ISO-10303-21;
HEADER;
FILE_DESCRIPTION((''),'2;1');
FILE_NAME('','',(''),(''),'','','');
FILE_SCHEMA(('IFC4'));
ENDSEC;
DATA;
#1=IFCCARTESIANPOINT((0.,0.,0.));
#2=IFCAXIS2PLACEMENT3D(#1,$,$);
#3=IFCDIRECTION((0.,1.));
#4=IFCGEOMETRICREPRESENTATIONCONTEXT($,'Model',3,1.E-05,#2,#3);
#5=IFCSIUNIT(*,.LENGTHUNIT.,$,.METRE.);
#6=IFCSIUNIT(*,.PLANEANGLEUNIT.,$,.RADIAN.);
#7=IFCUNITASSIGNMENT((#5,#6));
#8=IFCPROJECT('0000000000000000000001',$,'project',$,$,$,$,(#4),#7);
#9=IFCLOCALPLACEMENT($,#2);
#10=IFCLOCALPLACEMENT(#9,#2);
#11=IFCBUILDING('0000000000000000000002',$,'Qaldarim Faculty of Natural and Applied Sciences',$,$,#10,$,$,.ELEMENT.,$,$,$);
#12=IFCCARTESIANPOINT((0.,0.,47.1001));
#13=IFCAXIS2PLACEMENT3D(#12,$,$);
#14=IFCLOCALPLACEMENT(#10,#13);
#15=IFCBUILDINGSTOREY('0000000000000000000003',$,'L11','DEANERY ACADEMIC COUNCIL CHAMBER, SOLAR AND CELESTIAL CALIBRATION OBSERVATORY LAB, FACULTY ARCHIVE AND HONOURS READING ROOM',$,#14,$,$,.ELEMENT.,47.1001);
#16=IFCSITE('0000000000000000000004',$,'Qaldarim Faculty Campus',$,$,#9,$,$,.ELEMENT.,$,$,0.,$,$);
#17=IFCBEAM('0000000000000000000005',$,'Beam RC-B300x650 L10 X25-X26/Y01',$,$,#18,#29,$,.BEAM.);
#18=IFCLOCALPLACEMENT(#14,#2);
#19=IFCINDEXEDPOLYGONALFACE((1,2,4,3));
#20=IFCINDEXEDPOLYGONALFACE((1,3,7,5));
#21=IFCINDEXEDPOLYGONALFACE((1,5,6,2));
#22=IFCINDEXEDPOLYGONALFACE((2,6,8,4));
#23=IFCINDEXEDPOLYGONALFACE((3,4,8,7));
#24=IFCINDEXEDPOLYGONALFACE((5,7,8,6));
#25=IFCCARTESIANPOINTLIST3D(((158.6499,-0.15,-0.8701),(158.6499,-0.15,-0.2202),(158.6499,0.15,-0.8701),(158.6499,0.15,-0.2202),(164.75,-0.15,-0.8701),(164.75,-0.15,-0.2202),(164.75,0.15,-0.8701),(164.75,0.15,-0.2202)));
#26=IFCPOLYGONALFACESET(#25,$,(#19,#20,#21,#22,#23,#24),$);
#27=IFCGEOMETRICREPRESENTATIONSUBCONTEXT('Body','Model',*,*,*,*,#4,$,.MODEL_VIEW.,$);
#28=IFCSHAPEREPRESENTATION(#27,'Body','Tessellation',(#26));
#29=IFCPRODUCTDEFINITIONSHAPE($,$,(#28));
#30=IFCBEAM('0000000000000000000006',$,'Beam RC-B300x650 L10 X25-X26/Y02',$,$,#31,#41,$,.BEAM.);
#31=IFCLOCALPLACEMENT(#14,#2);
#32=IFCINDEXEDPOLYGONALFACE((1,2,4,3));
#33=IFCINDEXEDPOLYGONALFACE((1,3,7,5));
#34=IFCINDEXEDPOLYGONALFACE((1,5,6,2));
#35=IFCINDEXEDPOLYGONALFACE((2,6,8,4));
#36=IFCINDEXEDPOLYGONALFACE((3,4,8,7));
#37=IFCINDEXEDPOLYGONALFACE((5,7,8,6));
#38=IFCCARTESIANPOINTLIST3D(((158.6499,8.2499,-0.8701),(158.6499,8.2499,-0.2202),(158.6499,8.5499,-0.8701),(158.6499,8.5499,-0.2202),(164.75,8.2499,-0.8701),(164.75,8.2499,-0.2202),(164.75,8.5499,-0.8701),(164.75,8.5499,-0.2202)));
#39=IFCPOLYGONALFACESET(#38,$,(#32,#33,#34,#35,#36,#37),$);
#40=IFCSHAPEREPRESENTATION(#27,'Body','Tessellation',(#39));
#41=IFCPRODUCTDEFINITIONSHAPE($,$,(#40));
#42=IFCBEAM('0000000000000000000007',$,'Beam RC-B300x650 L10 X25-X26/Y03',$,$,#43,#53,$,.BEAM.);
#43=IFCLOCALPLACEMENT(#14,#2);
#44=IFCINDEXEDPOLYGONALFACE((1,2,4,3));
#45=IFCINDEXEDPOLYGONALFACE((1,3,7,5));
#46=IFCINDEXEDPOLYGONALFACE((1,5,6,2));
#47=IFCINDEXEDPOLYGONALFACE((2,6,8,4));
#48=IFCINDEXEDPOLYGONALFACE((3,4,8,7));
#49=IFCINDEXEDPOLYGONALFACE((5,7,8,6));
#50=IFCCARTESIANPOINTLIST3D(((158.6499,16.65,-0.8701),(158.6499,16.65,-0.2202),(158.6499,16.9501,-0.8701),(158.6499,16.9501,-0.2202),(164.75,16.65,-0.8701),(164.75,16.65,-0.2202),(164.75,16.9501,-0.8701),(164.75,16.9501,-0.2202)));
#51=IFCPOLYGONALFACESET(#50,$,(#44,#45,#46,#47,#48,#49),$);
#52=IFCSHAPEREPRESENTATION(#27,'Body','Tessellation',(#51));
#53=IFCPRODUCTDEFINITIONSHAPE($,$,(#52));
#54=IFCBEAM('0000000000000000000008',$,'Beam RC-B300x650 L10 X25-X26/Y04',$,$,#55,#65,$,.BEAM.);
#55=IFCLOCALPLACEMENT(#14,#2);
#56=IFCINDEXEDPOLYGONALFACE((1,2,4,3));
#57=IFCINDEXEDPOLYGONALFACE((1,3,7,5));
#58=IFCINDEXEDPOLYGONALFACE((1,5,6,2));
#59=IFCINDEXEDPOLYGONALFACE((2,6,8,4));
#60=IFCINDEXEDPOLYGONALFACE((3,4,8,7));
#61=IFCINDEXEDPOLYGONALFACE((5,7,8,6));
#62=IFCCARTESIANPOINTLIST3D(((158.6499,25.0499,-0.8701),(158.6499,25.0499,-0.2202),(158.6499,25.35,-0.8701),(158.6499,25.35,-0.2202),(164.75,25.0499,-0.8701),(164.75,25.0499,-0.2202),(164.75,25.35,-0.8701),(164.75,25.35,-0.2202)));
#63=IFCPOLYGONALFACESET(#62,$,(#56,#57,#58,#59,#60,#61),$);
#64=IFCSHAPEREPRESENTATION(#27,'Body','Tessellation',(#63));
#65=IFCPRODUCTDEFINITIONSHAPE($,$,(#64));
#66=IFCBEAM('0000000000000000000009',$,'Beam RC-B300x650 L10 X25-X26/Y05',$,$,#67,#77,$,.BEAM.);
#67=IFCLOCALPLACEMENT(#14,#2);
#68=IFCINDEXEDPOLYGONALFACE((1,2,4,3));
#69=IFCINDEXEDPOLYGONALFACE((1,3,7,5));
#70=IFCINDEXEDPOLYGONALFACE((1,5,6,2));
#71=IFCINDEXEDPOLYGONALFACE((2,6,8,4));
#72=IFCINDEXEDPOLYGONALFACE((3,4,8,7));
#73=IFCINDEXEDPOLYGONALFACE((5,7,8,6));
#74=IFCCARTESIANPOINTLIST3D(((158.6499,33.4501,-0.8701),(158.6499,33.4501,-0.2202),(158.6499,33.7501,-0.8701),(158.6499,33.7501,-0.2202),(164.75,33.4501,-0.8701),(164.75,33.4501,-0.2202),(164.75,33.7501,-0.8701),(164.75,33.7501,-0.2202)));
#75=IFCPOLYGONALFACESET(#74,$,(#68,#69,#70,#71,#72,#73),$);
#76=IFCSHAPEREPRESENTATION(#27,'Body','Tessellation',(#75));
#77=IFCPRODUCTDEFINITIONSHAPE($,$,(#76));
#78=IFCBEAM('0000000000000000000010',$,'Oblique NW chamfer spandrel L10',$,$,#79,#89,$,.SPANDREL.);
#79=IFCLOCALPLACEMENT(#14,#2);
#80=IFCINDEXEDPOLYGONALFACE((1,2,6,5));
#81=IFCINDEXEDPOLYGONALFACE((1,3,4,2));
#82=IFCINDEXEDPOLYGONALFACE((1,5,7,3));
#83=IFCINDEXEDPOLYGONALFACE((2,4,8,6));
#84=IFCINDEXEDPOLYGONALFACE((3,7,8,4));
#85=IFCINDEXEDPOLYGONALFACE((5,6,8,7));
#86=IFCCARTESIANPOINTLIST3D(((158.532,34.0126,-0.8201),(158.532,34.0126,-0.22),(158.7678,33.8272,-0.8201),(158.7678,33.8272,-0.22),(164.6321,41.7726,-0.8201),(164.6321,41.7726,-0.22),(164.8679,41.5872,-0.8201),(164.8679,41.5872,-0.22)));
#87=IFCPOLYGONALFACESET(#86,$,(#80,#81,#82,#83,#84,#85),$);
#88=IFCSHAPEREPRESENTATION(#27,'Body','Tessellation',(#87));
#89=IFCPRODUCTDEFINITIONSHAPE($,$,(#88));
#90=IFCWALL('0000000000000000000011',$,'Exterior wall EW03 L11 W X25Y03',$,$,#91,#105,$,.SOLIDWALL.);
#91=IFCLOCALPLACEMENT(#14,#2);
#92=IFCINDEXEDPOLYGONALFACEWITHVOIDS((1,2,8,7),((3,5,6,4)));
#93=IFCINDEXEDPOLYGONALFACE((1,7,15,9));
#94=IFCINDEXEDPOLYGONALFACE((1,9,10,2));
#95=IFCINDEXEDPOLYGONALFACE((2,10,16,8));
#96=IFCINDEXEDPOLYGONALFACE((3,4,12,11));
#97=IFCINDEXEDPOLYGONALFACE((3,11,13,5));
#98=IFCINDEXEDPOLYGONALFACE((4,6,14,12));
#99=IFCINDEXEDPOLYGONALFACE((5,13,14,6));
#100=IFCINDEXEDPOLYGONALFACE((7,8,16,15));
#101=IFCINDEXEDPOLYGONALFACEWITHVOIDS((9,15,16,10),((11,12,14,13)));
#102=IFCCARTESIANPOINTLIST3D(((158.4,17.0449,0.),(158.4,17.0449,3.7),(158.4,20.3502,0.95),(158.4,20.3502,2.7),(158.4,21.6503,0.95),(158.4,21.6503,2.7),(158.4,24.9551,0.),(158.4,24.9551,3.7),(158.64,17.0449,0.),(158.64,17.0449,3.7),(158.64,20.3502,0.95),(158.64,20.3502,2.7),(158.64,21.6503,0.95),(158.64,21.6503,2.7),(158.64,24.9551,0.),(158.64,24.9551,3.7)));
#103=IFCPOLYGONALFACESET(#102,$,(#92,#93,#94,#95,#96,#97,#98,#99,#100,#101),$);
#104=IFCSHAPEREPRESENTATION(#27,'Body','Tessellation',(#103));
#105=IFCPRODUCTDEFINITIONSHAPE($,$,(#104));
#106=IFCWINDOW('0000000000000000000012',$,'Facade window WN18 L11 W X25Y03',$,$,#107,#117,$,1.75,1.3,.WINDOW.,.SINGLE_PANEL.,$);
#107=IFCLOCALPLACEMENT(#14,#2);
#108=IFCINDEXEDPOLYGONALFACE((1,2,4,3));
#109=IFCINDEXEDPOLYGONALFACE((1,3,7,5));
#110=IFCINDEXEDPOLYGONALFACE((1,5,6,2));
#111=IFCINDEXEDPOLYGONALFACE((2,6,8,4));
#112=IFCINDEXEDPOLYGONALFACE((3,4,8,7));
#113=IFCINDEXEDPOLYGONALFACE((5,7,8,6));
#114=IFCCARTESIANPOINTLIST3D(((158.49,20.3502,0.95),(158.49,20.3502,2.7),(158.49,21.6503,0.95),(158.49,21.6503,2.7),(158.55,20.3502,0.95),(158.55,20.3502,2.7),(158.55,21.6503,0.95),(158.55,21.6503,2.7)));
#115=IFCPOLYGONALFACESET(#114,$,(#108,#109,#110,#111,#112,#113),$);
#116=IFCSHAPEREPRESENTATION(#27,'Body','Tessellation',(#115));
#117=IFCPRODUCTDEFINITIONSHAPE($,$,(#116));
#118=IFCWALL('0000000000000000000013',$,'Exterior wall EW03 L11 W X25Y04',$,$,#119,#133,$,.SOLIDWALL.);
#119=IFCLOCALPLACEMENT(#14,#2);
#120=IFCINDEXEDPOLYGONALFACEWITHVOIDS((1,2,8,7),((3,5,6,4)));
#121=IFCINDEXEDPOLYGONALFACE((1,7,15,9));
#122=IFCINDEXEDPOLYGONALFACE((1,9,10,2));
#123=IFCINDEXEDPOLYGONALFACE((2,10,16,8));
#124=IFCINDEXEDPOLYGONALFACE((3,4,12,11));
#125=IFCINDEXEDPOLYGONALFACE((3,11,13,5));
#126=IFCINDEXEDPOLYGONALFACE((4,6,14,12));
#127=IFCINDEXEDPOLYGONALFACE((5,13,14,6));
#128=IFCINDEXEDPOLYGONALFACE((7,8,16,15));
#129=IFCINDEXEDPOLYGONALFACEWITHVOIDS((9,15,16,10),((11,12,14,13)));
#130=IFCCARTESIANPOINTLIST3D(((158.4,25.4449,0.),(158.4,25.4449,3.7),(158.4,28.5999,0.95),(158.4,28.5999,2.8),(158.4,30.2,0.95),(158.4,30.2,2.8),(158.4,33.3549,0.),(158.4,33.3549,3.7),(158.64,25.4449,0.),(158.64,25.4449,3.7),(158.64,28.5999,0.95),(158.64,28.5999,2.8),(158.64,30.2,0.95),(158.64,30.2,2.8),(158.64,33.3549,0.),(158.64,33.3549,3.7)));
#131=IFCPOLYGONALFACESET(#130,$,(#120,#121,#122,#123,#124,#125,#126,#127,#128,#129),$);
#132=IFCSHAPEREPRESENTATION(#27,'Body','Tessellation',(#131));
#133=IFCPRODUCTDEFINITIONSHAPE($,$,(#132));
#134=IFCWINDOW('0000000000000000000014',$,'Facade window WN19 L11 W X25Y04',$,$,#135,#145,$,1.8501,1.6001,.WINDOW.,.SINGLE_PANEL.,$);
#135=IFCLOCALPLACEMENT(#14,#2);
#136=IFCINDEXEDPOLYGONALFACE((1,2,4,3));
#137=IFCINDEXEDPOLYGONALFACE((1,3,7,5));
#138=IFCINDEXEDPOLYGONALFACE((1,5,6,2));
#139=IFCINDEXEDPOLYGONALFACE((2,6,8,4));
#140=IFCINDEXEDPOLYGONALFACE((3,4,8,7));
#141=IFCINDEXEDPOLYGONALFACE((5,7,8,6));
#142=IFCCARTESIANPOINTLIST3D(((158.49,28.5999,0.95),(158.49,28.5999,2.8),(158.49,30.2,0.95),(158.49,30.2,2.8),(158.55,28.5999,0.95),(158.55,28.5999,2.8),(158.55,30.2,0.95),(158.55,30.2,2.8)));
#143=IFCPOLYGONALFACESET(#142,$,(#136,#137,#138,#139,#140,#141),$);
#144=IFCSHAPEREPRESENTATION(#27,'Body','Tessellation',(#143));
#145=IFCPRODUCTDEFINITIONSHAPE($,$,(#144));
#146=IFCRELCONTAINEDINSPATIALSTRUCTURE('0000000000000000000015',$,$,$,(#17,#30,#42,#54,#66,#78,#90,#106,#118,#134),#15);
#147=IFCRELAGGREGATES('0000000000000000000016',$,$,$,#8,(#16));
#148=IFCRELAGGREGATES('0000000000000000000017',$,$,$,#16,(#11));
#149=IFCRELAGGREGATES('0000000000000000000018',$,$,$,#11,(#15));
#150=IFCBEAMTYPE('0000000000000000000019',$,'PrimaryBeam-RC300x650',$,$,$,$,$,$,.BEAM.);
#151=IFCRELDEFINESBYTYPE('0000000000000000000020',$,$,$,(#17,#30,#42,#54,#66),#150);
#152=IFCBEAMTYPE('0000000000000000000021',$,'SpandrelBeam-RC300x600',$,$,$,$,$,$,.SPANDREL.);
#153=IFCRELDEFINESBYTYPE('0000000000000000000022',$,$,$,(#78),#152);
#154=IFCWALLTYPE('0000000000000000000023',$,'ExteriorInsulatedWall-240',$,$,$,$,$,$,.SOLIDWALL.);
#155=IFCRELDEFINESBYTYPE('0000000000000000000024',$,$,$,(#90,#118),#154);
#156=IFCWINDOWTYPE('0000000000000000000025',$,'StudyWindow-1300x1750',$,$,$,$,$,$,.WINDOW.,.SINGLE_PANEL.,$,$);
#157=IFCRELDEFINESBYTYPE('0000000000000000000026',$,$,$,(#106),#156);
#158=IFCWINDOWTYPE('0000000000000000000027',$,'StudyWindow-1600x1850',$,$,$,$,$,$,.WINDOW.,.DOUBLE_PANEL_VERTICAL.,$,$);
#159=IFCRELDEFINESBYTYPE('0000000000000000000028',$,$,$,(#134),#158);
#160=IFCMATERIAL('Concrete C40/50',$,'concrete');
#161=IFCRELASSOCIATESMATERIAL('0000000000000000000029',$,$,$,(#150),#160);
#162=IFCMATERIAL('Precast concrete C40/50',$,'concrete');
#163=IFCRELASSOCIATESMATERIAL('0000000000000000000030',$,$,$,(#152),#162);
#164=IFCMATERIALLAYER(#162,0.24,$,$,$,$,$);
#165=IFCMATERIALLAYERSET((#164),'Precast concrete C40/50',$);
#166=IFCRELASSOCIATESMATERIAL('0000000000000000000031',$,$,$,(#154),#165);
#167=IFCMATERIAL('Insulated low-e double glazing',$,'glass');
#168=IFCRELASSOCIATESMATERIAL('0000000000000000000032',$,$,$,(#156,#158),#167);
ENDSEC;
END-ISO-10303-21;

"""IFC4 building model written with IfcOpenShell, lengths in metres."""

from ifc_helpers import new_model, si_unit, direction, frame, frame_2d, origin, origin_2d, place, context, subcontext, project, spatial, rectangle, extrude, material, layer, layer_set, material_profile, profile_set, type_object, element, fill, save


model = new_model("IFC4")

# Units and contexts
model_context = context("Model", 3, precision=1e-05, world=origin(), true_north=direction((0.0, 1.0)))
body_context = subcontext(model_context, "Body", "Model", "MODEL_VIEW")
ifc_project = project(units=[si_unit("LENGTHUNIT", "METRE"), si_unit("PLANEANGLEUNIT", "RADIAN")], contexts=[model_context])

# Site, building, storey
site_placement = place(None, origin())
site = spatial("IfcSite", under=ifc_project, at=site_placement, Name="Qaldarim Faculty Campus", CompositionType="ELEMENT", RefElevation=0.0)
building_placement = place(site_placement, origin())
building = spatial("IfcBuilding", under=site, at=building_placement, Name="Qaldarim Faculty of Natural and Applied Sciences", CompositionType="ELEMENT")
storey_placement = place(building_placement, frame((0.0, 0.0, 47.1001)))
storey = spatial("IfcBuildingStorey", under=building, at=storey_placement, Name="L11", Description="DEANERY ACADEMIC COUNCIL CHAMBER, SOLAR AND CELESTIAL CALIBRATION OBSERVATORY LAB, FACULTY ARCHIVE AND HONOURS READING ROOM", CompositionType="ELEMENT", Elevation=47.1001)

# Beams
ifc_material_1 = material(Name="Concrete C40/50", Category="concrete")
ifc_material_profile_1 = material_profile(ifc_material_1, rectangle(XDim=0.3, YDim=0.6499, at=origin_2d()), Name="RC-B300x650")
ifc_profile_set_1 = profile_set([ifc_material_profile_1], Name="Concrete C40/50")
beam_type_1 = type_object("IfcBeamType", Name="PrimaryBeam-RC300x650", PredefinedType="BEAM", material=ifc_profile_set_1)
for number, where, z_axis, x_axis, name in (
    (1, (158.6499, 0.0, -0.5452), (1.0, 0.0, 0.0), (0.0, 1.0, 0.0), "Beam RC-B300x650 L10 X25-X26/Y01"),
    (2, (158.6499, 8.3999, -0.5452), (1.0, 0.0, 0.0), (0.0, 1.0, 0.0), "Beam RC-B300x650 L10 X25-X26/Y02"),
    (3, (158.6499, 16.8, -0.5452), (1.0, 0.0, 0.0), (0.0, 1.0, 0.0), "Beam RC-B300x650 L10 X25-X26/Y03"),
    (4, (158.6499, 25.2, -0.5452), (1.0, 0.0, 0.0), (0.0, 1.0, 0.0), "Beam RC-B300x650 L10 X25-X26/Y04"),
    (5, (158.6499, 33.6001, -0.5452), (1.0, 0.0, 0.0), (0.0, 1.0, 0.0), "Beam RC-B300x650 L10 X25-X26/Y05"),
):
    element("IfcBeam", number, at=place(storey_placement, frame(where, z_axis=z_axis, x_axis=x_axis)), inside=storey, type_object=beam_type_1, Name=name, PredefinedType="BEAM", context=body_context, shape_type="SweptSolid", body=[
        extrude(rectangle(XDim=0.3, YDim=0.6499, at=origin_2d()), origin(), (0.0, 0.0, 1.0), 6.1001),
    ])
ifc_material_2 = material(Name="Precast concrete C40/50", Category="concrete")
ifc_material_profile_2 = material_profile(ifc_material_2, rectangle(XDim=0.3, YDim=0.6001, at=origin_2d()), Name="RC-SP300x600")
ifc_profile_set_2 = profile_set([ifc_material_profile_2], Name="Precast concrete C40/50")
beam_type_2 = type_object("IfcBeamType", Name="SpandrelBeam-RC300x600", PredefinedType="SPANDREL", material=ifc_profile_set_2)
beam_placement = place(storey_placement, frame((158.6499, 33.9199, -0.52), z_axis=(0.618006, 0.786173, 0.0), x_axis=(-0.786173, 0.618006, 0.0)))
element("IfcBeam", 6, at=beam_placement, inside=storey, type_object=beam_type_2, Name="Oblique NW chamfer spandrel L10", PredefinedType="SPANDREL", context=body_context, shape_type="SweptSolid", body=[
    extrude(rectangle(XDim=0.3, YDim=0.6001, at=origin_2d()), origin(), (0.0, 0.0, 1.0), 9.8706),
])

# Walls, openings, windows
ifc_layer_1 = layer(ifc_material_2, 0.24)
ifc_layer_set_1 = layer_set([ifc_layer_1], Name="Precast concrete C40/50")
wall_type_1 = type_object("IfcWallType", Name="ExteriorInsulatedWall-240", PredefinedType="SOLIDWALL", material=ifc_layer_set_1)
wall_1_placement = place(storey_placement, frame((158.52, 24.9551, 0.0), z_axis=(0.0, 0.0, 1.0), x_axis=(0.0, -1.0, 0.0)))
wall_1 = element("IfcWall", 7, at=wall_1_placement, inside=storey, type_object=wall_type_1, Name="Exterior wall EW03 L11 W X25Y03", PredefinedType="SOLIDWALL", context=body_context, shape_type="SweptSolid", body=[
    extrude(rectangle(XDim=7.9102, YDim=0.24, at=frame_2d((3.9551, 0.0))), origin(), (0.0, 0.0, 1.0), 3.7),
])
opening_1_placement = place(wall_1_placement, frame((3.3049, 0.0, 0.95)))
opening_1 = element("IfcOpeningElement", 8, at=opening_1_placement, cuts=wall_1, PredefinedType="OPENING", context=body_context, shape_type="SweptSolid", body=[
    extrude(rectangle(XDim=1.3, YDim=1.75, at=frame_2d((0.6499, 0.875))), frame((0.0, 0.1299, 0.0), z_axis=(0.0, -1.0, 0.0), x_axis=(1.0, 0.0, 0.0)), (0.0, 0.0, 1.0), 0.26),
])
ifc_material_3 = material(Name="Insulated low-e double glazing", Category="glass")
window_type_1 = type_object("IfcWindowType", Name="StudyWindow-1300x1750", PartitioningType="SINGLE_PANEL", PredefinedType="WINDOW", material=ifc_material_3)
window_1_placement = place(opening_1_placement, origin())
window_1 = element("IfcWindow", 9, at=window_1_placement, inside=storey, type_object=window_type_1, Name="Facade window WN18 L11 W X25Y03", OverallHeight=1.75, OverallWidth=1.3, PartitioningType="SINGLE_PANEL", PredefinedType="WINDOW", context=body_context, shape_type="SweptSolid", body=[
    extrude(rectangle(XDim=1.3, YDim=1.75, at=frame_2d((0.6499, 0.875))), frame((0.0, 0.03, 0.0), z_axis=(0.0, -1.0, 0.0), x_axis=(1.0, 0.0, 0.0)), (0.0, 0.0, 1.0), 0.0601),
])
fill(opening_1, window_1)
wall_2_placement = place(storey_placement, frame((158.52, 33.355, 0.0), z_axis=(0.0, 0.0, 1.0), x_axis=(0.0, -1.0, 0.0)))
wall_2 = element("IfcWall", 10, at=wall_2_placement, inside=storey, type_object=wall_type_1, Name="Exterior wall EW03 L11 W X25Y04", PredefinedType="SOLIDWALL", context=body_context, shape_type="SweptSolid", body=[
    extrude(rectangle(XDim=7.9099, YDim=0.24, at=frame_2d((3.9551, 0.0))), origin(), (0.0, 0.0, 1.0), 3.7),
])
opening_2_placement = place(wall_2_placement, frame((3.155, 0.0, 0.95)))
opening_2 = element("IfcOpeningElement", 11, at=opening_2_placement, cuts=wall_2, PredefinedType="OPENING", context=body_context, shape_type="SweptSolid", body=[
    extrude(rectangle(XDim=1.6001, YDim=1.8501, at=frame_2d((0.8, 0.925))), frame((0.0, 0.1299, 0.0), z_axis=(0.0, -1.0, 0.0), x_axis=(1.0, 0.0, 0.0)), (0.0, 0.0, 1.0), 0.26),
])
window_type_2 = type_object("IfcWindowType", Name="StudyWindow-1600x1850", PartitioningType="DOUBLE_PANEL_VERTICAL", PredefinedType="WINDOW", material=ifc_material_3)
window_2_placement = place(opening_2_placement, origin())
window_2 = element("IfcWindow", 12, at=window_2_placement, inside=storey, type_object=window_type_2, Name="Facade window WN19 L11 W X25Y04", OverallHeight=1.8501, OverallWidth=1.6001, PartitioningType="SINGLE_PANEL", PredefinedType="WINDOW", context=body_context, shape_type="SweptSolid", body=[
    extrude(rectangle(XDim=1.6001, YDim=1.8501, at=frame_2d((0.8, 0.925))), frame((0.0, 0.03, 0.0), z_axis=(0.0, -1.0, 0.0), x_axis=(1.0, 0.0, 0.0)), (0.0, 0.0, 1.0), 0.0601),
])
fill(opening_2, window_2)

save(model, "model.ifc")
